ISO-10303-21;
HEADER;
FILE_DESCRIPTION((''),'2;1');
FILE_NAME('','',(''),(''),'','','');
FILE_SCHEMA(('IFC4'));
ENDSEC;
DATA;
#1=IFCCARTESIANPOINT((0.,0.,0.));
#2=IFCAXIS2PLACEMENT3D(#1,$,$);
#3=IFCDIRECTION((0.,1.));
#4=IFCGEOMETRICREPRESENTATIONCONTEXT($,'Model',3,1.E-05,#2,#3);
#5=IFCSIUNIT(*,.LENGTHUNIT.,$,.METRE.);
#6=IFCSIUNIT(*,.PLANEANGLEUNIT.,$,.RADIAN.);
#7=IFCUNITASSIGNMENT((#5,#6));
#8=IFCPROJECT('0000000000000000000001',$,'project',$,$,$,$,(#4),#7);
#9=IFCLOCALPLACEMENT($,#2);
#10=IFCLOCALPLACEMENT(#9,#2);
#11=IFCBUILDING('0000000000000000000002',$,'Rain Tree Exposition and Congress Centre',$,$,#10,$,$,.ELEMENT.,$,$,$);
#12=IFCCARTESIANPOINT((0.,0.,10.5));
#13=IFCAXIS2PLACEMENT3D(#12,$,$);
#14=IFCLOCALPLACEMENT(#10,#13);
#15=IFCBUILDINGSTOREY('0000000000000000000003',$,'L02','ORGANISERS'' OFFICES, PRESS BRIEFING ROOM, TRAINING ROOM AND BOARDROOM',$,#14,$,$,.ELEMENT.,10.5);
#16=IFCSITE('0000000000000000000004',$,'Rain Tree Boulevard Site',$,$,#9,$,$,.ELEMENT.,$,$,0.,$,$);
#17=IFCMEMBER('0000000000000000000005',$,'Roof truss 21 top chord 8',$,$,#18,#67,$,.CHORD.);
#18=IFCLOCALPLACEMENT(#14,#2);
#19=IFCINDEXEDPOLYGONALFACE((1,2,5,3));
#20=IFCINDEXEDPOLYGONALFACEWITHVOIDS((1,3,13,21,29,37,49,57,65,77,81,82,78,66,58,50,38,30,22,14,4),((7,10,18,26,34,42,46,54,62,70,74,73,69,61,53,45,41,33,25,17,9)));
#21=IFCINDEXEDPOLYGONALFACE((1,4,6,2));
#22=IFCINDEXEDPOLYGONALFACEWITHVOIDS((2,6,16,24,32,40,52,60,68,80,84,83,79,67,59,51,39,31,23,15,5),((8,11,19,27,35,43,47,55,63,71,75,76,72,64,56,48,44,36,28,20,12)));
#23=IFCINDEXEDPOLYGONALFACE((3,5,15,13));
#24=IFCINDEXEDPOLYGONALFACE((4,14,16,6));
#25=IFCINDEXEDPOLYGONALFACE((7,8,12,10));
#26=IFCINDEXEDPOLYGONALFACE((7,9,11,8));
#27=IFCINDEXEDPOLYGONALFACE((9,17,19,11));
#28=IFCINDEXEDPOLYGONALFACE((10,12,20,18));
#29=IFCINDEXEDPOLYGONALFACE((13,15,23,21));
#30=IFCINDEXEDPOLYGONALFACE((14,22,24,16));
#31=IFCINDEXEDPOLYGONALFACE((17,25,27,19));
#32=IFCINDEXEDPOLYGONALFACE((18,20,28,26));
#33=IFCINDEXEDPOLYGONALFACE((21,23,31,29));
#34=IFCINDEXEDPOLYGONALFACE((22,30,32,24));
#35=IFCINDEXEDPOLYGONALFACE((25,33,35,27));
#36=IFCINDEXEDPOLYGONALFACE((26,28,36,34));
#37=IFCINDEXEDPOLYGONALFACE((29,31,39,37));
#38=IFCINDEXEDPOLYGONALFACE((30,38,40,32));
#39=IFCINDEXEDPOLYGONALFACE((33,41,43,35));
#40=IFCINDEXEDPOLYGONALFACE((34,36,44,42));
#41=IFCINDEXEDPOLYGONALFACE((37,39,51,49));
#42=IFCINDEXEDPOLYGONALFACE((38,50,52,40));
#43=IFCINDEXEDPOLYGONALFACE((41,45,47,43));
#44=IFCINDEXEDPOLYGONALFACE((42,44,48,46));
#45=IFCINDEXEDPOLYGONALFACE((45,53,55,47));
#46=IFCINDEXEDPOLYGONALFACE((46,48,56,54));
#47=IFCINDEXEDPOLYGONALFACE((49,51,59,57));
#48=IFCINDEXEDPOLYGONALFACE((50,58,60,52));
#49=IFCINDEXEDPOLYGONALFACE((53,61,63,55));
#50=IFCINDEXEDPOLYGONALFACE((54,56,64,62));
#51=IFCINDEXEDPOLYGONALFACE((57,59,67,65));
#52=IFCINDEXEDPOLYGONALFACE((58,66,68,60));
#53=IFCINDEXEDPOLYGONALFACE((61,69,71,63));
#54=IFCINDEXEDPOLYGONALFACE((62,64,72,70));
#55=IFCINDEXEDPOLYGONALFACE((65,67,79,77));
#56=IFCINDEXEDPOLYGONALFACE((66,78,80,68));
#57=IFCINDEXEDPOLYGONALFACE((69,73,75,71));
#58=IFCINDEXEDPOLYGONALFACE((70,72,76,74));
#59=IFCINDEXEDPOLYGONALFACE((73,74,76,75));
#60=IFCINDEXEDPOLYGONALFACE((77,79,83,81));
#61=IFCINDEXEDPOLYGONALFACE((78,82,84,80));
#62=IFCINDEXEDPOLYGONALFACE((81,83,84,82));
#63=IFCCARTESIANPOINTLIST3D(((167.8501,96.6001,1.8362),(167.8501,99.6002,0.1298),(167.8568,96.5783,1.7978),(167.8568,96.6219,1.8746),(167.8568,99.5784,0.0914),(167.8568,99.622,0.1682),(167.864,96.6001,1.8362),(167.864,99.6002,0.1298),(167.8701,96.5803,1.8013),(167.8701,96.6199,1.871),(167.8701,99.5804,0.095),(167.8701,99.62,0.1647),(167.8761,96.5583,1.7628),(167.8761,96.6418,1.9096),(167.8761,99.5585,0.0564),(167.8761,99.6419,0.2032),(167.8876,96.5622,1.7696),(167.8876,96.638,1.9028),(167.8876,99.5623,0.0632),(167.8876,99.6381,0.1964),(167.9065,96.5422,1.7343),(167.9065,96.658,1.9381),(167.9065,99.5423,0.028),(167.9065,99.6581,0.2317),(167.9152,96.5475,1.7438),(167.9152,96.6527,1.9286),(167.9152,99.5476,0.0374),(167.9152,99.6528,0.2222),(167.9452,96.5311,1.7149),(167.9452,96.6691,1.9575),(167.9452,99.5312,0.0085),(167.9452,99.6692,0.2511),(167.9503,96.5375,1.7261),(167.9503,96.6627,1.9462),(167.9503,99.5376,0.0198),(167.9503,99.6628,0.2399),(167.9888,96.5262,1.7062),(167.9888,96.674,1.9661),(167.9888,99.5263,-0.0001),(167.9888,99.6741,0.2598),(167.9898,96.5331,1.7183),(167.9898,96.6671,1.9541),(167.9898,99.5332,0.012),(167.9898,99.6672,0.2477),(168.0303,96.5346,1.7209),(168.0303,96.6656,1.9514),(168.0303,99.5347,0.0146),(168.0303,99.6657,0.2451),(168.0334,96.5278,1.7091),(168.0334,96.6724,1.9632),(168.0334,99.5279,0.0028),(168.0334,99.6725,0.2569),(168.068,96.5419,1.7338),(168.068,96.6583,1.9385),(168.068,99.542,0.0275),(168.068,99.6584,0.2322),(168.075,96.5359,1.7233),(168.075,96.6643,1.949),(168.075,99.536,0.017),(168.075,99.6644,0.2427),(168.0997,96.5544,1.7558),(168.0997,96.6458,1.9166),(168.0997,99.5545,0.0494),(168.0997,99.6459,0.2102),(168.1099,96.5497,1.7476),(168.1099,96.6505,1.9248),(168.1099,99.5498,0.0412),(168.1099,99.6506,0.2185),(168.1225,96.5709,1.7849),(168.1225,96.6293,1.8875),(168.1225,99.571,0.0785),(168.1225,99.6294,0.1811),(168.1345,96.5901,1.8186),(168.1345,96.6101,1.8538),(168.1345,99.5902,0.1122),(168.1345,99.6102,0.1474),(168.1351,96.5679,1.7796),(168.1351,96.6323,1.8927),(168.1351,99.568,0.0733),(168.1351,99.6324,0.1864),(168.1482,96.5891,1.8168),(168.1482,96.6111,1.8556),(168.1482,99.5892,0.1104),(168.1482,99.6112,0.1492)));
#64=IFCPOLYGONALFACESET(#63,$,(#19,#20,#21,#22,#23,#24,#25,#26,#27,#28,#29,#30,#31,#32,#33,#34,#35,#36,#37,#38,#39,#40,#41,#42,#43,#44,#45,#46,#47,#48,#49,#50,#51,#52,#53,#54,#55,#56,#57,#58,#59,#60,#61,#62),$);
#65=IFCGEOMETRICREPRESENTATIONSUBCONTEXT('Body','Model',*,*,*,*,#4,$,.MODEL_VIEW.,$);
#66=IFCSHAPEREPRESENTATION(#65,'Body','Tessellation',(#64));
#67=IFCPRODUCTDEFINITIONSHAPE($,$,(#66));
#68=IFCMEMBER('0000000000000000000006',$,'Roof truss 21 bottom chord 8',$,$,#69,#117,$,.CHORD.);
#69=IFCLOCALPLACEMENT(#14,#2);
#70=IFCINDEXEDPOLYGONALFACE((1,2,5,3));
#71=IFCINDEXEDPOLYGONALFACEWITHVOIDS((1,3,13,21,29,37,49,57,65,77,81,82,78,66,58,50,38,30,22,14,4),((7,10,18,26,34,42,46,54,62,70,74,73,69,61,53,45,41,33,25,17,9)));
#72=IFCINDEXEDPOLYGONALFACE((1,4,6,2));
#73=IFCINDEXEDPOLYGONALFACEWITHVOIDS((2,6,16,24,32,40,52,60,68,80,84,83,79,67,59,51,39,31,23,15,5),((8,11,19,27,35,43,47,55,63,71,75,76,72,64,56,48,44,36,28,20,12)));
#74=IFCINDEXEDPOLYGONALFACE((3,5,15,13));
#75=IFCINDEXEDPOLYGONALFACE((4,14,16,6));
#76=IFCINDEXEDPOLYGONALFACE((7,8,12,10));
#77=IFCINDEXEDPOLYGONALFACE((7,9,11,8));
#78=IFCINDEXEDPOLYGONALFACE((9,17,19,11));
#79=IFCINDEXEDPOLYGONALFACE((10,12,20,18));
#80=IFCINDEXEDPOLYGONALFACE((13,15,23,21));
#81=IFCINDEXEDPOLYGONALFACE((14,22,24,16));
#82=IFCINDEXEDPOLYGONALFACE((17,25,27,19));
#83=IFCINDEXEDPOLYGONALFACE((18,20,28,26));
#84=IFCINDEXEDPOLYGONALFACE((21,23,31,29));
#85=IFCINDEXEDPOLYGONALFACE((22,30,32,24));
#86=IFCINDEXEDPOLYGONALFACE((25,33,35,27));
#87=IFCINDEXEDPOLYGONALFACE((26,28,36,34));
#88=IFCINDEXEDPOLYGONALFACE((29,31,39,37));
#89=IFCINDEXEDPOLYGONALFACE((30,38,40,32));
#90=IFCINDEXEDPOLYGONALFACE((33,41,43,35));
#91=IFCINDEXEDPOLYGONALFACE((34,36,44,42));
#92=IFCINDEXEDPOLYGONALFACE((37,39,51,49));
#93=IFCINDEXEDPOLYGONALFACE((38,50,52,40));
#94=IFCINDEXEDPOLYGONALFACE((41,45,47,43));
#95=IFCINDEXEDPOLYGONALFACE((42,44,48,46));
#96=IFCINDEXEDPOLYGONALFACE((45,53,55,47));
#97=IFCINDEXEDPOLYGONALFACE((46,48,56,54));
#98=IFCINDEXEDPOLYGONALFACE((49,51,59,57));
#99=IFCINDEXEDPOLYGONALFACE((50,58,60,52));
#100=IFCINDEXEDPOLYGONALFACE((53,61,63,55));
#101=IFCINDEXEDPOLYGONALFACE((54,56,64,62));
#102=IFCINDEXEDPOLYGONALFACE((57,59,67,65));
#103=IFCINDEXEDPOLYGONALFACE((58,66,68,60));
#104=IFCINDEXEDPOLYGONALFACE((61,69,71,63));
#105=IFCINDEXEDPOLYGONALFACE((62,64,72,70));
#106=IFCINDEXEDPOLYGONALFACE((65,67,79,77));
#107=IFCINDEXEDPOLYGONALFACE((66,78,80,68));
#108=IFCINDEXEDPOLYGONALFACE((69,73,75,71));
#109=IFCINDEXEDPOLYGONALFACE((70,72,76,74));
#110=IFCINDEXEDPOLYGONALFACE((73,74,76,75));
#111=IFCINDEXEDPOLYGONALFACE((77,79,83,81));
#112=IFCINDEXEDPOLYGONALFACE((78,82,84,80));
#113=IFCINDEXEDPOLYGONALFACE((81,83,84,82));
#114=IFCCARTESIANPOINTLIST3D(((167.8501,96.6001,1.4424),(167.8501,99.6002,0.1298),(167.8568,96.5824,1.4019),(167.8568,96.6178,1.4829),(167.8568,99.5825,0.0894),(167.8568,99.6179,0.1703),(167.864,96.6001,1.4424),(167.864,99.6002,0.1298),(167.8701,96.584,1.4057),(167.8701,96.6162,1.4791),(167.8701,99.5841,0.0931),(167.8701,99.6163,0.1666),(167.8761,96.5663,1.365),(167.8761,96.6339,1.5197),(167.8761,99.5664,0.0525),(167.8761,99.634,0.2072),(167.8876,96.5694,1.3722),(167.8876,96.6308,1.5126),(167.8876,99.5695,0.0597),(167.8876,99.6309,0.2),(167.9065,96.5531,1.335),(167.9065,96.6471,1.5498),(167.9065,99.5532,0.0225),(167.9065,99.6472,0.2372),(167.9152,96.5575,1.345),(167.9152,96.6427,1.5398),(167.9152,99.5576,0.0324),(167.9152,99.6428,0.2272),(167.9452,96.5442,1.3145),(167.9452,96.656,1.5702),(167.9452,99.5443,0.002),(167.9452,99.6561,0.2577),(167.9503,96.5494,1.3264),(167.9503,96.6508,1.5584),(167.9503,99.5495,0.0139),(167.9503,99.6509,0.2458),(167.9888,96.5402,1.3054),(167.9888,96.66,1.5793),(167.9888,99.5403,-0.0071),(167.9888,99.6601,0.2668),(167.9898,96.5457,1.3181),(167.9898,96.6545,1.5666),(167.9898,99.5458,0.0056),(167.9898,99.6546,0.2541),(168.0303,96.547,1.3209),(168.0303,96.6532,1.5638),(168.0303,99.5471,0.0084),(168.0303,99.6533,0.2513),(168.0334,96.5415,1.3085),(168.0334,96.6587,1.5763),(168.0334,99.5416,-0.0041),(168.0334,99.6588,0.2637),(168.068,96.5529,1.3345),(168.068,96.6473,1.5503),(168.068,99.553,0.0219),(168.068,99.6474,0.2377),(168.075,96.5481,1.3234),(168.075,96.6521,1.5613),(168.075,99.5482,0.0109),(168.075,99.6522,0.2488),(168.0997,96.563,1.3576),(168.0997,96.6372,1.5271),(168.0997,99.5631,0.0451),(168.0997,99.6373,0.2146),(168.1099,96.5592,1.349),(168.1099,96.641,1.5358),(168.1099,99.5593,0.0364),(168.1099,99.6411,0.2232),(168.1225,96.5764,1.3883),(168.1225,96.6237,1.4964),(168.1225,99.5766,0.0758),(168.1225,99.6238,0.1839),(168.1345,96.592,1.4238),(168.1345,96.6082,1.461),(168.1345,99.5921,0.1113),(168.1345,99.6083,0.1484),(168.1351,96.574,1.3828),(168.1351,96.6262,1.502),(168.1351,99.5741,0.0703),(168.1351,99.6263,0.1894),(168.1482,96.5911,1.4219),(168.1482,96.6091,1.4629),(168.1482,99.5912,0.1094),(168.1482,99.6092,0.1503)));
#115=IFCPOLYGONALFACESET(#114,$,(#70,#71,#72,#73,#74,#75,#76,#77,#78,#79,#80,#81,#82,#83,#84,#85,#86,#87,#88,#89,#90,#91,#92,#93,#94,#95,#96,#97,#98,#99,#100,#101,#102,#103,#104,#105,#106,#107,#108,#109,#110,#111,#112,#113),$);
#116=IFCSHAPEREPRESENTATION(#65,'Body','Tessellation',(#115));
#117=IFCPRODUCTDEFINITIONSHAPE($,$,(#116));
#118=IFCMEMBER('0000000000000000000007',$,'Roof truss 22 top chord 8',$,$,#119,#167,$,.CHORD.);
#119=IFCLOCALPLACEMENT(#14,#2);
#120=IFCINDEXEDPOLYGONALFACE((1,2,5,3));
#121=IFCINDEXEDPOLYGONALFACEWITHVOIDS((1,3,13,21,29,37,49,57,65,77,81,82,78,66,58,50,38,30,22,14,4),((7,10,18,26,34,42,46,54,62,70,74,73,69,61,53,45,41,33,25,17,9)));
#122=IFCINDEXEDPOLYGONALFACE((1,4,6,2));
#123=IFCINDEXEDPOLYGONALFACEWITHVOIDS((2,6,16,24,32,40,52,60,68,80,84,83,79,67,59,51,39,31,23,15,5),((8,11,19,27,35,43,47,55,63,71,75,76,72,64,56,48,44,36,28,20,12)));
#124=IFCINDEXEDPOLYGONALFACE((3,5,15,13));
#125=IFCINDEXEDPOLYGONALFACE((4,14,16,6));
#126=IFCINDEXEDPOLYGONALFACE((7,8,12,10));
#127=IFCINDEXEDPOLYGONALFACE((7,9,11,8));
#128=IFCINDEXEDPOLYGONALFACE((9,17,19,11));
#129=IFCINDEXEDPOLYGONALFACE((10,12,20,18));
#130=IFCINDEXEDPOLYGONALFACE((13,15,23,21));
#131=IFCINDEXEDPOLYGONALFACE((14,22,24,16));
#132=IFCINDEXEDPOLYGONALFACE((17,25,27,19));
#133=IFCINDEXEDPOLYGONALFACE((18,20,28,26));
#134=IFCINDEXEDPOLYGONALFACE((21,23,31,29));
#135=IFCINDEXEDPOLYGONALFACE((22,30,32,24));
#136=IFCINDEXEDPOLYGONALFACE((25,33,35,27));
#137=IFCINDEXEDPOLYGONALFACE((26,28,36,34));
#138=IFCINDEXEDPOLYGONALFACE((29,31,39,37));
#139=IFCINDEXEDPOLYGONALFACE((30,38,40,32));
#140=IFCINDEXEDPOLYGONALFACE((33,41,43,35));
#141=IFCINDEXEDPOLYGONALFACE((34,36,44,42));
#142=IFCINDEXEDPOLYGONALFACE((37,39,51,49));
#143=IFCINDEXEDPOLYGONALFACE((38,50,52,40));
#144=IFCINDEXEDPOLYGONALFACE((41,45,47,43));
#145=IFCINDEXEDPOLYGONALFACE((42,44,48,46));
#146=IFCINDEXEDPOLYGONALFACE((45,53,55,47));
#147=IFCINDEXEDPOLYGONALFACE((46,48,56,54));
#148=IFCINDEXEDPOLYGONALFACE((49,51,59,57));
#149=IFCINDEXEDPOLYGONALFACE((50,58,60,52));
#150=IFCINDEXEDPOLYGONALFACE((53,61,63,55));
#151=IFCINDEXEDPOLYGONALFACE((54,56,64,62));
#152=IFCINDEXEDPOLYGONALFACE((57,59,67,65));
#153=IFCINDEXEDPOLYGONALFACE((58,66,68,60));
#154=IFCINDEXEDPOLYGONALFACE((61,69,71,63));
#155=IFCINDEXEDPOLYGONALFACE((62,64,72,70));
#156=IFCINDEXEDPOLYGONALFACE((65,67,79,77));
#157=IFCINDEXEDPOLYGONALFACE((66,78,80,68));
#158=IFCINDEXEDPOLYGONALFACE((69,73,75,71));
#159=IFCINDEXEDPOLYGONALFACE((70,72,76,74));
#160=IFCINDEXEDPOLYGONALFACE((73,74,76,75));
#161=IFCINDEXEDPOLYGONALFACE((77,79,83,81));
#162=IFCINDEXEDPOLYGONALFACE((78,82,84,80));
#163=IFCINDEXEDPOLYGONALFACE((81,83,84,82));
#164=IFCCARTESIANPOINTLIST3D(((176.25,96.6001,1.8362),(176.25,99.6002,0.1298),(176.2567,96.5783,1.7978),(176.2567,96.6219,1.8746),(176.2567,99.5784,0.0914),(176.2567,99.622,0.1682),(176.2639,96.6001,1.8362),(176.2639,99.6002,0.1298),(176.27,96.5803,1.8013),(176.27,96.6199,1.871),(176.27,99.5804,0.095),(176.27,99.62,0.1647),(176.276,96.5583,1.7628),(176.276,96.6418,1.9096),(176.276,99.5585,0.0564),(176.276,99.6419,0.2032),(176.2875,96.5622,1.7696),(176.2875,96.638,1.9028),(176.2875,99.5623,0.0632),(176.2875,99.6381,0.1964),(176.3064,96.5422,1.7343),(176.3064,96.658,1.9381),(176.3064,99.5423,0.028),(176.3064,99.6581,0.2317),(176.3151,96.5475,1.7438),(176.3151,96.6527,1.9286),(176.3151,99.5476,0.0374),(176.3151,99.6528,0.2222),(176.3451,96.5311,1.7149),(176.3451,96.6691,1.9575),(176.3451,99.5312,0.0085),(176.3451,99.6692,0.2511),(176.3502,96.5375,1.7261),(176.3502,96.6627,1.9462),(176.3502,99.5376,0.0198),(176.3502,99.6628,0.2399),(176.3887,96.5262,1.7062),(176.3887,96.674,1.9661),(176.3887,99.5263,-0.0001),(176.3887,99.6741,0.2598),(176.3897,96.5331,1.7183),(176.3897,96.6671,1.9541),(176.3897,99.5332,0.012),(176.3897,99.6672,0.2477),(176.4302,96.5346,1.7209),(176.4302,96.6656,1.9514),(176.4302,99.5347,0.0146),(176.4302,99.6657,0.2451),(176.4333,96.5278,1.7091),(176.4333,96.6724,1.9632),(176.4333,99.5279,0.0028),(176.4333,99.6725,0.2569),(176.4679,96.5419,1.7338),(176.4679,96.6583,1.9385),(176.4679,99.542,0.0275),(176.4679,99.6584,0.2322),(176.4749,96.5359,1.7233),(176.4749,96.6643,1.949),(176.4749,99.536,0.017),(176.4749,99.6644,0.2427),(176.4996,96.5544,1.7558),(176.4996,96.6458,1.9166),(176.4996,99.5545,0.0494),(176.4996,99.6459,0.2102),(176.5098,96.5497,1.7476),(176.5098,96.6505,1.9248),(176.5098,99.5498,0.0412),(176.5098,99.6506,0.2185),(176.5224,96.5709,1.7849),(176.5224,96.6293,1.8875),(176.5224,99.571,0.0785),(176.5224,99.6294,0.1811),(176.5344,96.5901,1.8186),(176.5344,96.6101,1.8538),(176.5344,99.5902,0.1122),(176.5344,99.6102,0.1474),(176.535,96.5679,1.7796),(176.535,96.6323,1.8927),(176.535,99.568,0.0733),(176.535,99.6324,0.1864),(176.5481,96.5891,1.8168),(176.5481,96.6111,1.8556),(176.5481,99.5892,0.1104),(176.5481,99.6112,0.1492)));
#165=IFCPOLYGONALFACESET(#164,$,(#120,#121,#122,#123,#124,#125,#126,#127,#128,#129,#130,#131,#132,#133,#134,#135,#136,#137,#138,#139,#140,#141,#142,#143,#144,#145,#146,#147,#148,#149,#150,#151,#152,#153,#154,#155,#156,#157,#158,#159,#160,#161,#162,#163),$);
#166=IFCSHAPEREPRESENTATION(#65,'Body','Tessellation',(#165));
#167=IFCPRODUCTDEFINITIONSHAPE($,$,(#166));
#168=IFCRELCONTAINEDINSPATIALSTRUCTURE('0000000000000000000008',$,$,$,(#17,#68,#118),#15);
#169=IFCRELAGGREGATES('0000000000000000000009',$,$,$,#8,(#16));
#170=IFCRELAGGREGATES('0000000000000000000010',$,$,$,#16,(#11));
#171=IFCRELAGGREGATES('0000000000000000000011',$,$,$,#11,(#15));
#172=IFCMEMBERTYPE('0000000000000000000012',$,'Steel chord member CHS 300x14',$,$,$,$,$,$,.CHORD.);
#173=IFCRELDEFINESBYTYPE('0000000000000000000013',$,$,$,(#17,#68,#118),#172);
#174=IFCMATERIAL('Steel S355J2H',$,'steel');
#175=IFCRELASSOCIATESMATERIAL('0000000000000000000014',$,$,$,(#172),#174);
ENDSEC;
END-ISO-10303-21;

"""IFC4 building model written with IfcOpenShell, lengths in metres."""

from ifc_helpers import new_model, si_unit, direction, frame, origin, origin_2d, place, context, subcontext, project, spatial, hollow_circle, extrude, material, material_profile, profile_set, type_object, element, save


model = new_model("IFC4")

# Units and contexts
model_context = context("Model", 3, precision=1e-05, world=origin(), true_north=direction((0.0, 1.0)))
body_context = subcontext(model_context, "Body", "Model", "MODEL_VIEW")
ifc_project = project(units=[si_unit("LENGTHUNIT", "METRE"), si_unit("PLANEANGLEUNIT", "RADIAN")], contexts=[model_context])

# Site, building, storey
site_placement = place(None, origin())
site = spatial("IfcSite", under=ifc_project, at=site_placement, Name="Rain Tree Boulevard Site", CompositionType="ELEMENT", RefElevation=0.0)
building_placement = place(site_placement, origin())
building = spatial("IfcBuilding", under=site, at=building_placement, Name="Rain Tree Exposition and Congress Centre", CompositionType="ELEMENT")
storey_placement = place(building_placement, frame((0.0, 0.0, 10.5)))
storey = spatial("IfcBuildingStorey", under=building, at=storey_placement, Name="L02", Description="ORGANISERS' OFFICES, PRESS BRIEFING ROOM, TRAINING ROOM AND BOARDROOM", CompositionType="ELEMENT", Elevation=10.5)

# Members
ifc_material_1 = material(Name="Steel S355J2H", Category="steel")
ifc_material_profile_1 = material_profile(ifc_material_1, hollow_circle(Radius=0.1499, WallThickness=0.0139, at=origin_2d()), Name="CHS 300x14")
ifc_profile_set_1 = profile_set([ifc_material_profile_1], Name="Steel S355J2H")
member_type_1 = type_object("IfcMemberType", Name="Steel chord member CHS 300x14", PredefinedType="CHORD", material=ifc_profile_set_1)
member_1_placement = place(storey_placement, frame((168.0, 96.6001, 1.8362), z_axis=(0.0, 0.869238, -0.494393), x_axis=(-1.0, 0.0, 0.0)))
element("IfcMember", 1, at=member_1_placement, inside=storey, type_object=member_type_1, Name="Roof truss 21 top chord 8", PredefinedType="CHORD", context=body_context, shape_type="SweptSolid", body=[
    extrude(hollow_circle(Radius=0.1499, WallThickness=0.0139, at=origin_2d()), origin(), (0.0, 0.0, 1.0), 3.4514),
])
member_2_placement = place(storey_placement, frame((168.0, 96.6001, 1.4424), z_axis=(0.0, 0.916157, -0.400819), x_axis=(-1.0, 0.0, 0.0)))
element("IfcMember", 2, at=member_2_placement, inside=storey, type_object=member_type_1, Name="Roof truss 21 bottom chord 8", PredefinedType="CHORD", context=body_context, shape_type="SweptSolid", body=[
    extrude(hollow_circle(Radius=0.1499, WallThickness=0.0139, at=origin_2d()), origin(), (0.0, 0.0, 1.0), 3.2747),
])
member_3_placement = place(storey_placement, frame((176.3999, 96.6001, 1.8362), z_axis=(0.0, 0.869238, -0.494393), x_axis=(-1.0, 0.0, 0.0)))
element("IfcMember", 3, at=member_3_placement, inside=storey, type_object=member_type_1, Name="Roof truss 22 top chord 8", PredefinedType="CHORD", context=body_context, shape_type="SweptSolid", body=[
    extrude(hollow_circle(Radius=0.1499, WallThickness=0.0139, at=origin_2d()), origin(), (0.0, 0.0, 1.0), 3.4514),
])

save(model, "model.ifc")
